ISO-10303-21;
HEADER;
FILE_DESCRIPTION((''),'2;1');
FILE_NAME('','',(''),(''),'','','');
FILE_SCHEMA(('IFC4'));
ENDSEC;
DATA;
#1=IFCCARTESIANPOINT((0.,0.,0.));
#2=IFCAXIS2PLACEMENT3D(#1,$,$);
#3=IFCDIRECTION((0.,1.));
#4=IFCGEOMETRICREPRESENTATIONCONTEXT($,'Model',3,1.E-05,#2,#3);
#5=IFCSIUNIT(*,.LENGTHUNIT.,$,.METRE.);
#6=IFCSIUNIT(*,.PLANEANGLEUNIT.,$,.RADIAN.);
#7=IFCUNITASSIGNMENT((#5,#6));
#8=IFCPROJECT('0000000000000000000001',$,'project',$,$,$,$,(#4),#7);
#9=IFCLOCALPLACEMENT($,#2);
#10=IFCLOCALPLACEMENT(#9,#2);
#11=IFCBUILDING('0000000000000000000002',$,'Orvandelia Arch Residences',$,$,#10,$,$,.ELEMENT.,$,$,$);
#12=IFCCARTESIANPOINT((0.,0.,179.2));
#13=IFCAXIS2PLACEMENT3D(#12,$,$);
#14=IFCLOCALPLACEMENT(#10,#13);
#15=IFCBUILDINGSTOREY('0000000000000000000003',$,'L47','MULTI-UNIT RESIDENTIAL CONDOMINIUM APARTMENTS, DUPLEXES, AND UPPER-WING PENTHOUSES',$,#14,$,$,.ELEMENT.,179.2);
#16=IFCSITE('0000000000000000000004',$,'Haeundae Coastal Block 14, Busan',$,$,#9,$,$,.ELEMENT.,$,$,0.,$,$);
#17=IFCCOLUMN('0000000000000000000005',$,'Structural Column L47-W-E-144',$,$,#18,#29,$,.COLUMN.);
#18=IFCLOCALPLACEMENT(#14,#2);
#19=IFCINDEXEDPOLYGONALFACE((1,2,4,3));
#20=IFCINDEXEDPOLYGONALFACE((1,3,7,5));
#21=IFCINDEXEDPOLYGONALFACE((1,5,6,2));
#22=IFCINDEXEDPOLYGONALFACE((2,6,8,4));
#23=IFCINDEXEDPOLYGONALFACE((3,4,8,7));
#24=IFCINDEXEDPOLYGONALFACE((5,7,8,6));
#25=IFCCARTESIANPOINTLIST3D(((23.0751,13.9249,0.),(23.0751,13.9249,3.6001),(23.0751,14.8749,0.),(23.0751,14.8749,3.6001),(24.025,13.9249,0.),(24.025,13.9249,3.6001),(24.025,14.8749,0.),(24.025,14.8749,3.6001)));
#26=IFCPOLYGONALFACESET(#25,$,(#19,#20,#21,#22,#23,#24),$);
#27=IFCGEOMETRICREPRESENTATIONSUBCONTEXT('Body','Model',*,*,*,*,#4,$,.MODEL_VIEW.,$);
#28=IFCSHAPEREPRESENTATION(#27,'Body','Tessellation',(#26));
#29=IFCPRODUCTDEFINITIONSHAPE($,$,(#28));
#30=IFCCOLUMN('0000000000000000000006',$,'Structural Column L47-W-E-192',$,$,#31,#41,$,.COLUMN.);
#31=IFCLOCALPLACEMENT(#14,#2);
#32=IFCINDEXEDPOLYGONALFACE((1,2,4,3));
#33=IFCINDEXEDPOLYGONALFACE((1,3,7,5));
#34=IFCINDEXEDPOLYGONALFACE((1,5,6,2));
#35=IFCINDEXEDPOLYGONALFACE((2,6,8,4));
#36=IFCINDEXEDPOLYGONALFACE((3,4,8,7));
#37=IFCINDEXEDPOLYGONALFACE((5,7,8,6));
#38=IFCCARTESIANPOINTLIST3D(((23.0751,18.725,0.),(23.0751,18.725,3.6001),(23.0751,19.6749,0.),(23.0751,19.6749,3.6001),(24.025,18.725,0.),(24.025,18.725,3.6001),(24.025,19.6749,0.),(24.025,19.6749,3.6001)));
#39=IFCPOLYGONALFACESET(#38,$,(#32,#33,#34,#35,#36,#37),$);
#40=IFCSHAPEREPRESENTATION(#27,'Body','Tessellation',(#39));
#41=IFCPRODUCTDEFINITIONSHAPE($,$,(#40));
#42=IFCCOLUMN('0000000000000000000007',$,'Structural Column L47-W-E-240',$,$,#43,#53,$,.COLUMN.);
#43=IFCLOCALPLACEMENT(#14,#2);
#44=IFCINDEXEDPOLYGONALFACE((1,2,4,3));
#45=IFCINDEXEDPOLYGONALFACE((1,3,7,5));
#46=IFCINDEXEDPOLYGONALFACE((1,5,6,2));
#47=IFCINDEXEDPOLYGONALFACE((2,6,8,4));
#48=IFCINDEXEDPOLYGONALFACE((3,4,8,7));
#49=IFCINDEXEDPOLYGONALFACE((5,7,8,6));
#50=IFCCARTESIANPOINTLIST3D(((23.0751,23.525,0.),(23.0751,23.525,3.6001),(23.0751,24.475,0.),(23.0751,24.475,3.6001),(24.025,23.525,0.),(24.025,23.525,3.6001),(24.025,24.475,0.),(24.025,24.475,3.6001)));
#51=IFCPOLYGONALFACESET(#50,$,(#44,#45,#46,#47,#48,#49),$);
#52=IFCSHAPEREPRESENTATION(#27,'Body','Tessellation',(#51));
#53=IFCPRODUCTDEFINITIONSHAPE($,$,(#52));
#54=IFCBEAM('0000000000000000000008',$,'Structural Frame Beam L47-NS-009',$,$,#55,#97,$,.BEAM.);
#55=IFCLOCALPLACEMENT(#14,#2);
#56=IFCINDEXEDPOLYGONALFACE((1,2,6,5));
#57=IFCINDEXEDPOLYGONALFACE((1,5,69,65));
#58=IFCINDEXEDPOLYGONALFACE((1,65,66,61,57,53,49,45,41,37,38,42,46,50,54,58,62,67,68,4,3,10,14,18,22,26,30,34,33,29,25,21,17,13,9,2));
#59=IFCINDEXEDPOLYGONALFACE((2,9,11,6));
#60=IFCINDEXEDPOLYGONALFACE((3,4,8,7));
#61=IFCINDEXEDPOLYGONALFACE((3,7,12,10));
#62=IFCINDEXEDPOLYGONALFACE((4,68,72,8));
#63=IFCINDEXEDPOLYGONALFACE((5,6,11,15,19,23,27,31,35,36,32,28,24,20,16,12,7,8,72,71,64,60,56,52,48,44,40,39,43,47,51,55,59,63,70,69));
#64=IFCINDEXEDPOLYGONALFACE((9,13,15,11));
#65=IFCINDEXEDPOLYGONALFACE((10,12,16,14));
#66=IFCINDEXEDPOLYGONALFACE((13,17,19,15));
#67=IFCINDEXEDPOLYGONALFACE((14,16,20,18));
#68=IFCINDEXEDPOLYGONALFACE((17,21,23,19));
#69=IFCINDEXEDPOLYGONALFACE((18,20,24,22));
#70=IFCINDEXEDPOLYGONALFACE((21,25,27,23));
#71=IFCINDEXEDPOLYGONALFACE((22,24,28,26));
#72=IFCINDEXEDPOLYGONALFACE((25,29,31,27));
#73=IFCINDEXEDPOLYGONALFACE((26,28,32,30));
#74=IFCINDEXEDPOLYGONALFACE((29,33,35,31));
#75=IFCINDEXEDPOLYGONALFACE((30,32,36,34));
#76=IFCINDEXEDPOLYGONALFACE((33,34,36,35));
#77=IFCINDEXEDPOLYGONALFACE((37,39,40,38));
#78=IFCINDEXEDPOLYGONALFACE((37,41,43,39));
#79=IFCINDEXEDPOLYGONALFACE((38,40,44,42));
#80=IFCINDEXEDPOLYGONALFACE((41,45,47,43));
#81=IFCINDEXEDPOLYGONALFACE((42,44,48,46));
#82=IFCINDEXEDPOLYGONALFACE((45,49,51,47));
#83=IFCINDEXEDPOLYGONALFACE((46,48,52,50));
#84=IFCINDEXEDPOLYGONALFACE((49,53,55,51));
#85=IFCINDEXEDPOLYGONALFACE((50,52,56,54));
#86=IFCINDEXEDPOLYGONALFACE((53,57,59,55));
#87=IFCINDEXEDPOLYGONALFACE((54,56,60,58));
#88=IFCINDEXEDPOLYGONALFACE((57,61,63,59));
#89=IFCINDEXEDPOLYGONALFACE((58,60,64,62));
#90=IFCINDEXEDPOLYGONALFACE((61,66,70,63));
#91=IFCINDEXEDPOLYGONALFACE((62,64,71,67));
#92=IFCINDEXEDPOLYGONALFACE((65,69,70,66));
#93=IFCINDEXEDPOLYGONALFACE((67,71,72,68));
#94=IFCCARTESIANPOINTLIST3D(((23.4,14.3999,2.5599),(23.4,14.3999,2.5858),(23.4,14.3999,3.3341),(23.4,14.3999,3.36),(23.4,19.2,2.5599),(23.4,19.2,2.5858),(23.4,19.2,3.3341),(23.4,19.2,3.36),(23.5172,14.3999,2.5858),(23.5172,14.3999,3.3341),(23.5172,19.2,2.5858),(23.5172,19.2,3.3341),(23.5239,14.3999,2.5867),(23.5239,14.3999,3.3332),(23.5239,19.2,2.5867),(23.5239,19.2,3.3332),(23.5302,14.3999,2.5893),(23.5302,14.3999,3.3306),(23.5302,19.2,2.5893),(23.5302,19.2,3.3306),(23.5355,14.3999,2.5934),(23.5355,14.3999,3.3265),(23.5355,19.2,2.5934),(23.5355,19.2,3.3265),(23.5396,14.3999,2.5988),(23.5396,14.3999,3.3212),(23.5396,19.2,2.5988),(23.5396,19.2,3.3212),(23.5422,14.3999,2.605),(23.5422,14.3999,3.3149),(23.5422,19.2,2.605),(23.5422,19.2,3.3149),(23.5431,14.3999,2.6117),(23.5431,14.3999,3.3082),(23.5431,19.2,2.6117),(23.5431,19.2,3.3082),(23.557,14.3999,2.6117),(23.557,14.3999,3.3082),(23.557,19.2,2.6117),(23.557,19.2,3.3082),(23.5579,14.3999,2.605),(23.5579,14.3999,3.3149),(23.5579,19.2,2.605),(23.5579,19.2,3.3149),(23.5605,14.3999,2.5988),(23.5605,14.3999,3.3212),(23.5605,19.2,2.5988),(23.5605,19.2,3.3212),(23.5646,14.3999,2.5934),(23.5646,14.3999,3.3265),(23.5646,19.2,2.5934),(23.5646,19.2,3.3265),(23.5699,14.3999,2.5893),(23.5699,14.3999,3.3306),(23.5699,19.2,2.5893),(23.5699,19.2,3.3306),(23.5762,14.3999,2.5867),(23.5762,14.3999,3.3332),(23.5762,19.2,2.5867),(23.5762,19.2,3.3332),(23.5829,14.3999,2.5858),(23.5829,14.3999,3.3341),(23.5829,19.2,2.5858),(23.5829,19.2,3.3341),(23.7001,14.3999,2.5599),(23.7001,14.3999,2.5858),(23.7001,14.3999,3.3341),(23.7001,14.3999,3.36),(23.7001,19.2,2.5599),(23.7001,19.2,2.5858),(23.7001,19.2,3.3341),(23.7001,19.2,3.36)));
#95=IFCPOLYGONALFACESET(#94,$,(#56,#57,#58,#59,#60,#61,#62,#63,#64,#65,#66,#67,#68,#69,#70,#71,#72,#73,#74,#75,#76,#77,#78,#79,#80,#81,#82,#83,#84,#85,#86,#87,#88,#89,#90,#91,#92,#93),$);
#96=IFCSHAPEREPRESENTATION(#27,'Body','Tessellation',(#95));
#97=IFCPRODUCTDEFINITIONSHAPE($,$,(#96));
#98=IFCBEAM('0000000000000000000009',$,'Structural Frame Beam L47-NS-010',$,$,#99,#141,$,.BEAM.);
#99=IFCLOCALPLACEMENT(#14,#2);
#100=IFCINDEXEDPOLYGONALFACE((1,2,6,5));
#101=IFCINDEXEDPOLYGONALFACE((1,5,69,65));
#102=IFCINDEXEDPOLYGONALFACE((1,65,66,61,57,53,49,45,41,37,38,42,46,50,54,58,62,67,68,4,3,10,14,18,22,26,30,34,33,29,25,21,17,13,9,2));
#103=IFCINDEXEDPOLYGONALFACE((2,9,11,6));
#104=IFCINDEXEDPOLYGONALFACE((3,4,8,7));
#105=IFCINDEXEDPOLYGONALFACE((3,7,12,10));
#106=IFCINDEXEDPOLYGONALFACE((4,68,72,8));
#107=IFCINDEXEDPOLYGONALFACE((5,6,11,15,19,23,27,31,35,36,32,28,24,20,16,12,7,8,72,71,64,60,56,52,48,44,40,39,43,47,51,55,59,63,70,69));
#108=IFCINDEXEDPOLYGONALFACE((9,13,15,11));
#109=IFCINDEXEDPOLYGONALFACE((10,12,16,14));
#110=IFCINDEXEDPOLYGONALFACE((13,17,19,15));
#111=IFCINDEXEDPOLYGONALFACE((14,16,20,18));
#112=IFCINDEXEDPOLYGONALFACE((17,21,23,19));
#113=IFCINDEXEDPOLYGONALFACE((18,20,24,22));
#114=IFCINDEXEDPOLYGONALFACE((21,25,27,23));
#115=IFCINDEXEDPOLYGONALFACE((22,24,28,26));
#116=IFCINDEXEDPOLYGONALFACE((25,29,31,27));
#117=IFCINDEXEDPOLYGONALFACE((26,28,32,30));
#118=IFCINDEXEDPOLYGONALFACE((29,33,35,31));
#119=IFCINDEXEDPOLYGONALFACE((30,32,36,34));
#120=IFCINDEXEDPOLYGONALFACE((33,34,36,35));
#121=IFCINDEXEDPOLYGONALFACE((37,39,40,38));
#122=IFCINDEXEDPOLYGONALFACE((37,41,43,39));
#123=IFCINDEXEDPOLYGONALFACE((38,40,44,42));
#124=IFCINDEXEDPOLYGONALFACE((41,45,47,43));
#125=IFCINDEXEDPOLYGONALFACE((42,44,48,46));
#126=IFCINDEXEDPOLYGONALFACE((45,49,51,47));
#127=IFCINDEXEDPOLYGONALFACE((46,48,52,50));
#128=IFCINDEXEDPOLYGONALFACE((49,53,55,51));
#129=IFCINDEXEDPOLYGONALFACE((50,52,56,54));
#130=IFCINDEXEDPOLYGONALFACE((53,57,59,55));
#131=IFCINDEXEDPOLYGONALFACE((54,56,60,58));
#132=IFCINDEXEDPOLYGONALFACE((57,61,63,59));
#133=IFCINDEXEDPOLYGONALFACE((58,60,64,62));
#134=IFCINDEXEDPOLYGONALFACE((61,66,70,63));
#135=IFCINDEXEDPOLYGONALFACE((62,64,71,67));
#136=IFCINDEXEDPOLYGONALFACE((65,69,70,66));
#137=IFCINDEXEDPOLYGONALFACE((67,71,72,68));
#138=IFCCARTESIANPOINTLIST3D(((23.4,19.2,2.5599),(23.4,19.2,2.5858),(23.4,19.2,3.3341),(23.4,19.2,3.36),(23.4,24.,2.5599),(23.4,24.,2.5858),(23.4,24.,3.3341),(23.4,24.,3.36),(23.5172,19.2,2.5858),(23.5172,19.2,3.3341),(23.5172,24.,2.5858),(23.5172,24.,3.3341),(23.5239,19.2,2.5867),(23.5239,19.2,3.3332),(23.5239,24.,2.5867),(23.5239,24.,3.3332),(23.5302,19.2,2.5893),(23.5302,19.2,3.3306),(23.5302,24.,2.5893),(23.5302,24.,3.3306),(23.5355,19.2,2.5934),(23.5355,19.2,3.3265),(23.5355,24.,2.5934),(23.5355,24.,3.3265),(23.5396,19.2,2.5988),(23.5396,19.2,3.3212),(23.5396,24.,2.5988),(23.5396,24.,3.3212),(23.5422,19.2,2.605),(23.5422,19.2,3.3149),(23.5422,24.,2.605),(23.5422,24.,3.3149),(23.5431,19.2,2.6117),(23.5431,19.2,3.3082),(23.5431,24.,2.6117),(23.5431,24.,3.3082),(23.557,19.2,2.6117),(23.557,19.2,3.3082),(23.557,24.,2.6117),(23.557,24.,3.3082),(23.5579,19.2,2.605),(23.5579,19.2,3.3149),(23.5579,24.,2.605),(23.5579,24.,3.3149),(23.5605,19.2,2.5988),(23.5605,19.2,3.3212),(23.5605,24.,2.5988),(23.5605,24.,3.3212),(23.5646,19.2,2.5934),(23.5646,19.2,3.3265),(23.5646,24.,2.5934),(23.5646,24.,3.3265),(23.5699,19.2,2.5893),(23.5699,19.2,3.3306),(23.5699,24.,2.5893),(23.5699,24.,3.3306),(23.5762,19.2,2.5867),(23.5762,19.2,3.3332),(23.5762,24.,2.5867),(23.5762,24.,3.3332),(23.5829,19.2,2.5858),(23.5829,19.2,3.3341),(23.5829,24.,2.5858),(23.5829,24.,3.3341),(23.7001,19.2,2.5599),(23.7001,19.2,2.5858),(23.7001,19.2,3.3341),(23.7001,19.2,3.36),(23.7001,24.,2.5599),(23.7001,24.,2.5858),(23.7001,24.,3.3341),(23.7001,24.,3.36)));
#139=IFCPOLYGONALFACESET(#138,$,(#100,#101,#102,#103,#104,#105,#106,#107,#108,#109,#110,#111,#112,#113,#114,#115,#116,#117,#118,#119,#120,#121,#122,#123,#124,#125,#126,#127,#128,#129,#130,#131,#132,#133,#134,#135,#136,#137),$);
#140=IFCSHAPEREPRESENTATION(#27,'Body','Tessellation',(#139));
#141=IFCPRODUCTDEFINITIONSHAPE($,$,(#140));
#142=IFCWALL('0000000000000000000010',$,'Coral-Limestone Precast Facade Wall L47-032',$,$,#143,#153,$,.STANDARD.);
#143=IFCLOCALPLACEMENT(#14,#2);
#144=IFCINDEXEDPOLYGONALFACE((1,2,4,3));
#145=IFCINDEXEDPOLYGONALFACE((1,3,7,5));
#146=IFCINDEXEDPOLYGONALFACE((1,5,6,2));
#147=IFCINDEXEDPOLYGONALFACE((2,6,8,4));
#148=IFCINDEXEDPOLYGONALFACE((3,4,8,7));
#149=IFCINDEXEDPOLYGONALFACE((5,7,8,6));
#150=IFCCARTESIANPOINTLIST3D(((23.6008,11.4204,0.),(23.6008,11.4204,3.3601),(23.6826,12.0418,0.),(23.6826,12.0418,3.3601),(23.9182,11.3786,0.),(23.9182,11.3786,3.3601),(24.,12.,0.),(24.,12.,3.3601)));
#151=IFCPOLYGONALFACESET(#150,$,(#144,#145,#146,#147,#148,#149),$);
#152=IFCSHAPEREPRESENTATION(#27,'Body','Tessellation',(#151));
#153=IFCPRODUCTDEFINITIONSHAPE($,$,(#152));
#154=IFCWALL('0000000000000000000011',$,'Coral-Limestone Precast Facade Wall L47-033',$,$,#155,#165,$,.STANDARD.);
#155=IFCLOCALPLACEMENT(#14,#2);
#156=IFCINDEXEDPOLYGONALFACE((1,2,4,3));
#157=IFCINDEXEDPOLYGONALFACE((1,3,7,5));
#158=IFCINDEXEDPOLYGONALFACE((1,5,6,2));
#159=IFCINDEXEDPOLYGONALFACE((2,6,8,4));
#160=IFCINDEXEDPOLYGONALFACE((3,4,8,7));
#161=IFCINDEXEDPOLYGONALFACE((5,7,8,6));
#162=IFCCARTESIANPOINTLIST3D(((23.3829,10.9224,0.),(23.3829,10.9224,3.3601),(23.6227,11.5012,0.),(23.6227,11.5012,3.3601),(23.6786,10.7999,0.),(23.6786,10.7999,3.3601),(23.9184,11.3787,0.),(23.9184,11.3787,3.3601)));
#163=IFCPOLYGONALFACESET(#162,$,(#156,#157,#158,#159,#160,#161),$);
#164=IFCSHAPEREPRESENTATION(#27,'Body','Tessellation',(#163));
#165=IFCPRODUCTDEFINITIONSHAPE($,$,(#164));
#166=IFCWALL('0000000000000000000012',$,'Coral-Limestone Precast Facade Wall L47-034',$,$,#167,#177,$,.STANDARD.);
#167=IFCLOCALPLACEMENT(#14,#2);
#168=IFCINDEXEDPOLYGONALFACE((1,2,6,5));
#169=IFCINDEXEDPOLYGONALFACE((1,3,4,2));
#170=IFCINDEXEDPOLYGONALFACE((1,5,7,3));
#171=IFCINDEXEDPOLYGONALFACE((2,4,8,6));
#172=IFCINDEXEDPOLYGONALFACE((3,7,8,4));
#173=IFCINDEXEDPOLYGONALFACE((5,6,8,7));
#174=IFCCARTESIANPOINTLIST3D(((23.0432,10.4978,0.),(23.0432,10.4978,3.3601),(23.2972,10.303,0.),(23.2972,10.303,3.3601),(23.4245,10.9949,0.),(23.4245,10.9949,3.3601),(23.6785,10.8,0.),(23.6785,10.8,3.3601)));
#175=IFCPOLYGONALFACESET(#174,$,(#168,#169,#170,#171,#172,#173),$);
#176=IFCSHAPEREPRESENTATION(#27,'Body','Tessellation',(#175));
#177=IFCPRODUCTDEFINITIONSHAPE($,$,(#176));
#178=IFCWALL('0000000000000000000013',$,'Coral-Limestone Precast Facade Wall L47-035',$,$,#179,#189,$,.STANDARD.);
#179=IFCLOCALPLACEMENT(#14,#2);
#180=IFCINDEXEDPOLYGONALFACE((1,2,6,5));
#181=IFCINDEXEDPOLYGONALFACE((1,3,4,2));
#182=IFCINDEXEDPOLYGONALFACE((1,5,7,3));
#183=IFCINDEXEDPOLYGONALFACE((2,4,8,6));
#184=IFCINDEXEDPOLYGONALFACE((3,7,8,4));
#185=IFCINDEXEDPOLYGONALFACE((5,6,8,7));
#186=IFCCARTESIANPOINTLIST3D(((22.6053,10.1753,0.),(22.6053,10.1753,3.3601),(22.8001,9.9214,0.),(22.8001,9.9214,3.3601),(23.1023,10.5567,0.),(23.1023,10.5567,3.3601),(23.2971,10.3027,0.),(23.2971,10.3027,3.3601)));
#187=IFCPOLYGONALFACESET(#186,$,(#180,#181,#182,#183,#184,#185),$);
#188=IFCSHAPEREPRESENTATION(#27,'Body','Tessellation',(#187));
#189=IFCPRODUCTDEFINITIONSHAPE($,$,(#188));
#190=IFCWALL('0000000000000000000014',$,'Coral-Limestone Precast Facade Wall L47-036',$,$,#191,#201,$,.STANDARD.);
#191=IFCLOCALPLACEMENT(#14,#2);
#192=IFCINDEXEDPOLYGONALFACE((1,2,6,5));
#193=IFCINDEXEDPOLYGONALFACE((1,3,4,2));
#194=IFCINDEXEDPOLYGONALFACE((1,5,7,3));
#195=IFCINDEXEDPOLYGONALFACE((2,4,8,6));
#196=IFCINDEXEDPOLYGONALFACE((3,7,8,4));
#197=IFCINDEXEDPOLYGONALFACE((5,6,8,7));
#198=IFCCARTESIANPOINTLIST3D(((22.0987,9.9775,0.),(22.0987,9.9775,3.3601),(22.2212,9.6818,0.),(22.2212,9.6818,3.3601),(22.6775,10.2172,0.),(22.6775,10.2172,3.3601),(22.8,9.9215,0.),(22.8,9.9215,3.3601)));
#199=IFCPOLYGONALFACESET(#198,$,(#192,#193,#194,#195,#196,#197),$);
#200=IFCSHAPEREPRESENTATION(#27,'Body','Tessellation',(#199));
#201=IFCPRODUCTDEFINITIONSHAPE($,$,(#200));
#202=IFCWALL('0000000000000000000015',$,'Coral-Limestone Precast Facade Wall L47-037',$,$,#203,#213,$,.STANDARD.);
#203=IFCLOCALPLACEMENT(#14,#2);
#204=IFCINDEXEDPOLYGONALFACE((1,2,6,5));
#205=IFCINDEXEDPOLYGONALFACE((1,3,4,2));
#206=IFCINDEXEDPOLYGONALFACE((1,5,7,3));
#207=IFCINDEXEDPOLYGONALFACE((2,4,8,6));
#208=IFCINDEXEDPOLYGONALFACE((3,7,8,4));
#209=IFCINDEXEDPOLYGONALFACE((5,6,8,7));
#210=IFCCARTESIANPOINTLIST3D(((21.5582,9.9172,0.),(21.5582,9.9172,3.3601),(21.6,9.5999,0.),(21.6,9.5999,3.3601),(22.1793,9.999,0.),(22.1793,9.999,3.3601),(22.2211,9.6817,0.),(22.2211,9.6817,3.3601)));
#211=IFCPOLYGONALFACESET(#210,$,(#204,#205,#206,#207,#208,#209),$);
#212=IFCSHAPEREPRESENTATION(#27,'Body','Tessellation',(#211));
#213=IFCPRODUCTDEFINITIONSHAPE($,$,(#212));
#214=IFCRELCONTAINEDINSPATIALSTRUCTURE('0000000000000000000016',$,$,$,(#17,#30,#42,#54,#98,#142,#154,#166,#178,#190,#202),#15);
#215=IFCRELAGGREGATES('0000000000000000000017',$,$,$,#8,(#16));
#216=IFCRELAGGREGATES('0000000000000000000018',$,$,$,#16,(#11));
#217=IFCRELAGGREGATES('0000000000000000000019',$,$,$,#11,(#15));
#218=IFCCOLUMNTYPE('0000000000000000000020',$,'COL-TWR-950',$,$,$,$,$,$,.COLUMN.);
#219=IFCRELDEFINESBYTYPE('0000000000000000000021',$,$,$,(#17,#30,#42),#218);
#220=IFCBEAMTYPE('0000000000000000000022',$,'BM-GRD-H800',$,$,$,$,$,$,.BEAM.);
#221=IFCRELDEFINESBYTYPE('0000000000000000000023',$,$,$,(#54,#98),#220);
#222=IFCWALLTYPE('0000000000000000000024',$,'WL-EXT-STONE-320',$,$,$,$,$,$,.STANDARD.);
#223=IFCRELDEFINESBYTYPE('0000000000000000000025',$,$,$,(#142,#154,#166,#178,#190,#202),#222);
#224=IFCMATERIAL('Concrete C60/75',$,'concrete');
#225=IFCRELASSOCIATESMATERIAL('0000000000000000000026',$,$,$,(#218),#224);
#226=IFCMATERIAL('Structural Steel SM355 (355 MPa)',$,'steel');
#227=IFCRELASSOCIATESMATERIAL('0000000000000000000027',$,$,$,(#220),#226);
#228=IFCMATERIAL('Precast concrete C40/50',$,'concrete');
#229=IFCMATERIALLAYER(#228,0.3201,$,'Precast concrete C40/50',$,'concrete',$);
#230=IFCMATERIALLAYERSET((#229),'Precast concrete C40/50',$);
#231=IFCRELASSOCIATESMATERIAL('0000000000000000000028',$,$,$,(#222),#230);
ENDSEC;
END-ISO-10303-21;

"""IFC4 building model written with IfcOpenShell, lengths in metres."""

from ifc_helpers import new_model, si_unit, direction, frame, frame_2d, origin, origin_2d, place, context, subcontext, project, spatial, rectangle, i_section, extrude, material, layer, layer_set, material_profile, profile_set, type_object, element, save


model = new_model("IFC4")

# Units and contexts
model_context = context("Model", 3, precision=1e-05, world=origin(), true_north=direction((0.0, 1.0)))
body_context = subcontext(model_context, "Body", "Model", "MODEL_VIEW")
ifc_project = project(units=[si_unit("LENGTHUNIT", "METRE"), si_unit("PLANEANGLEUNIT", "RADIAN")], contexts=[model_context])

# Site, building, storey
site_placement = place(None, origin())
site = spatial("IfcSite", under=ifc_project, at=site_placement, Name="Haeundae Coastal Block 14, Busan", CompositionType="ELEMENT", RefElevation=0.0)
building_placement = place(site_placement, origin())
building = spatial("IfcBuilding", under=site, at=building_placement, Name="Orvandelia Arch Residences", CompositionType="ELEMENT")
storey_placement = place(building_placement, frame((0.0, 0.0, 179.2)))
storey = spatial("IfcBuildingStorey", under=building, at=storey_placement, Name="L47", Description="MULTI-UNIT RESIDENTIAL CONDOMINIUM APARTMENTS, DUPLEXES, AND UPPER-WING PENTHOUSES", CompositionType="ELEMENT", Elevation=179.2)

# Columns
ifc_material_1 = material(Name="Concrete C60/75", Category="concrete")
ifc_material_profile_1 = material_profile(ifc_material_1, rectangle(XDim=0.95, YDim=0.95, at=origin_2d()), Name="Concrete C60/75", Category="concrete")
ifc_profile_set_1 = profile_set([ifc_material_profile_1], Name="Concrete C60/75")
column_type = type_object("IfcColumnType", Name="COL-TWR-950", PredefinedType="COLUMN", material=ifc_profile_set_1)
for number, where, z_axis, x_axis, name in (
    (1, (23.55, 14.3999, 0.0), (0.0, 0.0, 1.0), (1.0, 0.0, 0.0), "Structural Column L47-W-E-144"),
    (2, (23.55, 19.2, 0.0), (0.0, 0.0, 1.0), (1.0, 0.0, 0.0), "Structural Column L47-W-E-192"),
    (3, (23.55, 24.0, 0.0), (0.0, 0.0, 1.0), (1.0, 0.0, 0.0), "Structural Column L47-W-E-240"),
):
    element("IfcColumn", number, at=place(storey_placement, frame(where, z_axis=z_axis, x_axis=x_axis)), inside=storey, type_object=column_type, Name=name, PredefinedType="COLUMN", context=body_context, shape_type="SweptSolid", body=[
        extrude(rectangle(XDim=0.95, YDim=0.95, at=origin_2d()), origin(), (0.0, 0.0, 1.0), 3.6001),
    ])

# Beams
ifc_material_2 = material(Name="Structural Steel SM355 (355 MPa)", Category="steel")
ifc_material_profile_2 = material_profile(ifc_material_2, i_section(OverallWidth=0.3, OverallDepth=0.8, WebThickness=0.0139, FlangeThickness=0.0259, FilletRadius=0.0259, at=origin_2d()), Name="Structural Steel SM355 (355 MPa)", Category="steel")
ifc_profile_set_2 = profile_set([ifc_material_profile_2], Name="Structural Steel SM355 (355 MPa)")
beam_type = type_object("IfcBeamType", Name="BM-GRD-H800", PredefinedType="BEAM", material=ifc_profile_set_2)
for number, where, z_axis, x_axis, name in (
    (4, (23.55, 14.3999, 2.96), (0.0, 1.0, 0.0), (-1.0, 0.0, 0.0), "Structural Frame Beam L47-NS-009"),
    (5, (23.55, 19.2, 2.96), (0.0, 1.0, 0.0), (-1.0, 0.0, 0.0), "Structural Frame Beam L47-NS-010"),
):
    element("IfcBeam", number, at=place(storey_placement, frame(where, z_axis=z_axis, x_axis=x_axis)), inside=storey, type_object=beam_type, Name=name, PredefinedType="BEAM", context=body_context, shape_type="SweptSolid", body=[
        extrude(i_section(OverallWidth=0.3, OverallDepth=0.8, WebThickness=0.0139, FlangeThickness=0.0259, FilletRadius=0.0259, at=origin_2d()), origin(), (0.0, 0.0, 1.0), 4.8),
    ])

# Walls
ifc_material_3 = material(Name="Precast concrete C40/50", Category="concrete")
ifc_layer_1 = layer(ifc_material_3, 0.3201, Name="Precast concrete C40/50", Category="concrete")
ifc_layer_set_1 = layer_set([ifc_layer_1], Name="Precast concrete C40/50")
wall_type_1 = type_object("IfcWallType", Name="WL-EXT-STONE-320", PredefinedType="STANDARD", material=ifc_layer_set_1)
wall_1_placement = place(storey_placement, frame((23.8413, 12.021, 0.0), z_axis=(0.0, 0.0, 1.0), x_axis=(-0.130505, -0.991448, 0.0)))
element("IfcWall", 6, at=wall_1_placement, inside=storey, type_object=wall_type_1, Name="Coral-Limestone Precast Facade Wall L47-032", PredefinedType="STANDARD", context=body_context, shape_type="SweptSolid", body=[
    extrude(rectangle(XDim=0.6267, YDim=0.3201, at=frame_2d((0.3135, 0.0))), origin(), (0.0, 0.0, 1.0), 3.3601),
])
for number, where, z_axis, x_axis, name in (
    (7, (23.7705, 11.4399, 0.0), (0.0, 0.0, 1.0), (-0.38265, -0.923893, 0.0), "Coral-Limestone Precast Facade Wall L47-033"),
    (8, (23.5515, 10.8975, 0.0), (0.0, 0.0, 1.0), (-0.608693, -0.793406, 0.0), "Coral-Limestone Precast Facade Wall L47-034"),
    (9, (23.1997, 10.4297, 0.0), (0.0, 0.0, 1.0), (-0.793406, -0.608693, 0.0), "Coral-Limestone Precast Facade Wall L47-035"),
    (10, (22.7388, 10.0693, 0.0), (0.0, 0.0, 1.0), (-0.923893, -0.38265, 0.0), "Coral-Limestone Precast Facade Wall L47-036"),
    (11, (22.2002, 9.8403, 0.0), (0.0, 0.0, 1.0), (-0.991441, -0.130555, 0.0), "Coral-Limestone Precast Facade Wall L47-037"),
):
    element("IfcWall", number, at=place(storey_placement, frame(where, z_axis=z_axis, x_axis=x_axis)), inside=storey, type_object=wall_type_1, Name=name, PredefinedType="STANDARD", context=body_context, shape_type="SweptSolid", body=[
        extrude(rectangle(XDim=0.6265, YDim=0.3201, at=frame_2d((0.3132, 0.0))), origin(), (0.0, 0.0, 1.0), 3.3601),
    ])

save(model, "model.ifc")
